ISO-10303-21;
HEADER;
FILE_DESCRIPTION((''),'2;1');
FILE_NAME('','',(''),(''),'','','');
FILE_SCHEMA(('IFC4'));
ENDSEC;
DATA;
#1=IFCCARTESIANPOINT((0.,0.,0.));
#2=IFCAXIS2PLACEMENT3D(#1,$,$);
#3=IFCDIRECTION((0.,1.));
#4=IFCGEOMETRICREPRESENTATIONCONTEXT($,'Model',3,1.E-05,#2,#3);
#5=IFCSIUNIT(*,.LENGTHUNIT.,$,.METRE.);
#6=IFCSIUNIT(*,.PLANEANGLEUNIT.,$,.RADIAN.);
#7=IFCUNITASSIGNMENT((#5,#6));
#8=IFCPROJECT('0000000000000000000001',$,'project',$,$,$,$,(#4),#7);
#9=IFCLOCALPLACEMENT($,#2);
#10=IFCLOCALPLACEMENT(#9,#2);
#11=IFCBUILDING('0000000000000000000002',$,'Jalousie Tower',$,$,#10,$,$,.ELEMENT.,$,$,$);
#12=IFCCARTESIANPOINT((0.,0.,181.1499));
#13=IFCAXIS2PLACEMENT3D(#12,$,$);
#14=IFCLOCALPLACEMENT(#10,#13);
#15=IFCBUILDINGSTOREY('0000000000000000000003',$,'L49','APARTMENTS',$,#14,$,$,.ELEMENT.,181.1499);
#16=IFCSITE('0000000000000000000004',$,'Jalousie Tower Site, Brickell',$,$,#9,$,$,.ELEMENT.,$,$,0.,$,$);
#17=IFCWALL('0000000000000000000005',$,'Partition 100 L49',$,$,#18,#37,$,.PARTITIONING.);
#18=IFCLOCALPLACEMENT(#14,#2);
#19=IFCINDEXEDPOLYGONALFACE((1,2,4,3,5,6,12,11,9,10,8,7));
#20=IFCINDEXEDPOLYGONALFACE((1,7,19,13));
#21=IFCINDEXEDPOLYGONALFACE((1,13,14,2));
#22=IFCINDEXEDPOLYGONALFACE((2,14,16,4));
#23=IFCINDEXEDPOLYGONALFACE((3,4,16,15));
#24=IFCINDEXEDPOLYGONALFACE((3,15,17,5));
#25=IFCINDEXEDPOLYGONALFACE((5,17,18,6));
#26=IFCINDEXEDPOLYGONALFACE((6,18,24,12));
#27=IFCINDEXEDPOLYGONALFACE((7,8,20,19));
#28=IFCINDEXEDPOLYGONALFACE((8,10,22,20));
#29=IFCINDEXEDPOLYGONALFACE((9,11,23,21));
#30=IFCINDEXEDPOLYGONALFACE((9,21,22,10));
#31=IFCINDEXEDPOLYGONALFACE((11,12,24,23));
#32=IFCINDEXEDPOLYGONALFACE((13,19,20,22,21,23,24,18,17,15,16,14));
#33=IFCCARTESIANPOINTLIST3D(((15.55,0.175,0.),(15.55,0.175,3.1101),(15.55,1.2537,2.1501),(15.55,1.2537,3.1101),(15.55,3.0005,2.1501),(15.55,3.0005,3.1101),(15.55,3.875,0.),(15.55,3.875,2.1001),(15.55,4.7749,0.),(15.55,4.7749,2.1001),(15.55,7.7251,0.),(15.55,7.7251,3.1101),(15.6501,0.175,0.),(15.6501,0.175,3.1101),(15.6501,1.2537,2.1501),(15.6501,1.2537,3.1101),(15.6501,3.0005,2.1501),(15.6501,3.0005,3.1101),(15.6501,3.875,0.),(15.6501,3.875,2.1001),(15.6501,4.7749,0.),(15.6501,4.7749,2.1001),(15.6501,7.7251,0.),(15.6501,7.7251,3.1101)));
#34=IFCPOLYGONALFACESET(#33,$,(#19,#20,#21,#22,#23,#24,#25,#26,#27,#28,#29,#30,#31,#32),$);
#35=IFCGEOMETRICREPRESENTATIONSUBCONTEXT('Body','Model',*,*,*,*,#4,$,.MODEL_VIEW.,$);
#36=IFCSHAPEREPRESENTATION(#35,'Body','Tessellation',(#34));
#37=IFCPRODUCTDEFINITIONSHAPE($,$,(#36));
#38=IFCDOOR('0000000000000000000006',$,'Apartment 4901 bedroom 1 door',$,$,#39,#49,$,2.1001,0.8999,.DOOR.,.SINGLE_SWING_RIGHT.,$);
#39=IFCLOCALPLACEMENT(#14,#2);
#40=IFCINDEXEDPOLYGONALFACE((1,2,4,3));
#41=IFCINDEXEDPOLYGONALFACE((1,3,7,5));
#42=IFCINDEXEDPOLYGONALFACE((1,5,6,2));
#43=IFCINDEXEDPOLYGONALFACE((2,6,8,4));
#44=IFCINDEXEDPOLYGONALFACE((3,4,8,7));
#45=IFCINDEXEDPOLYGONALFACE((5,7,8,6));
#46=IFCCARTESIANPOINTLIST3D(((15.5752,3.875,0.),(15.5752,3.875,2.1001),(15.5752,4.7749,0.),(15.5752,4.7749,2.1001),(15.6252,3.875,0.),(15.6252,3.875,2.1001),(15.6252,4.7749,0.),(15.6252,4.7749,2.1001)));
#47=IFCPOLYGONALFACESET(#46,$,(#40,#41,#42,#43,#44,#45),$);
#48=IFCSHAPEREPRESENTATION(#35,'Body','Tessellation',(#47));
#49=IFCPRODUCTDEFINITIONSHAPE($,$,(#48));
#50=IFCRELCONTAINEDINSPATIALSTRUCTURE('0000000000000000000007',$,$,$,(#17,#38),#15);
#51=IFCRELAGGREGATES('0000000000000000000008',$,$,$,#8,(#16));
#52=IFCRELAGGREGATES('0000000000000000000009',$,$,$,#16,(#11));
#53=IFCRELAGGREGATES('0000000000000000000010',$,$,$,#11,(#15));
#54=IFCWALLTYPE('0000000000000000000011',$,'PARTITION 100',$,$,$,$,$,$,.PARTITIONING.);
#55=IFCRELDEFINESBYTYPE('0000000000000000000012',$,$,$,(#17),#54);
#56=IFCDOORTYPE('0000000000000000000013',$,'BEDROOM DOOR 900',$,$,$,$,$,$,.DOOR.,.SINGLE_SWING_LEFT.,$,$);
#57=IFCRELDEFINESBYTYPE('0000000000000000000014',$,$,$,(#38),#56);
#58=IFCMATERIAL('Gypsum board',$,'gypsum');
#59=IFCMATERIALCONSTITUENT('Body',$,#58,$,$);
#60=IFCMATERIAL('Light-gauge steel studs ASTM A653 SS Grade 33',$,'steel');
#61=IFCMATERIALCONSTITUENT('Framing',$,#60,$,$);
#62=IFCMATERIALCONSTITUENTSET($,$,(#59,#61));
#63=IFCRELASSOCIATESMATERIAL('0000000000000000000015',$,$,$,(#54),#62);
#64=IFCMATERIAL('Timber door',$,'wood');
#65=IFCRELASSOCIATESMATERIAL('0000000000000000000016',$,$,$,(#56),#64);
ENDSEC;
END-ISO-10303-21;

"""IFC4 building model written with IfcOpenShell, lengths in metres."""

from ifc_helpers import new_model, si_unit, direction, frame, frame_2d, origin, place, context, subcontext, project, spatial, polyline, rectangle, outline, extrude, material, constituent, constituent_set, type_object, element, fill, save


model = new_model("IFC4")

# Units and contexts
model_context = context("Model", 3, precision=1e-05, world=origin(), true_north=direction((0.0, 1.0)))
body_context = subcontext(model_context, "Body", "Model", "MODEL_VIEW")
ifc_project = project(units=[si_unit("LENGTHUNIT", "METRE"), si_unit("PLANEANGLEUNIT", "RADIAN")], contexts=[model_context])

# Site, building, storey
site_placement = place(None, origin())
site = spatial("IfcSite", under=ifc_project, at=site_placement, Name="Jalousie Tower Site, Brickell", CompositionType="ELEMENT", RefElevation=0.0)
building_placement = place(site_placement, origin())
building = spatial("IfcBuilding", under=site, at=building_placement, Name="Jalousie Tower", CompositionType="ELEMENT")
storey_placement = place(building_placement, frame((0.0, 0.0, 181.1499)))
storey = spatial("IfcBuildingStorey", under=building, at=storey_placement, Name="L49", Description="APARTMENTS", CompositionType="ELEMENT", Elevation=181.1499)

# Wall, opening, door
ifc_material_1 = material(Name="Gypsum board", Category="gypsum")
ifc_constituent_1 = constituent(ifc_material_1, Name="Body")
ifc_material_2 = material(Name="Light-gauge steel studs ASTM A653 SS Grade 33", Category="steel")
ifc_constituent_2 = constituent(ifc_material_2, Name="Framing")
ifc_constituent_set_1 = constituent_set(constituents=[ifc_constituent_1, ifc_constituent_2])
wall_type_1 = type_object("IfcWallType", Name="PARTITION 100", PredefinedType="PARTITIONING", material=ifc_constituent_set_1)
wall_1_placement = place(storey_placement, frame((15.6001, 0.175, 0.0), z_axis=(0.0, 0.0, 1.0), x_axis=(0.0, 1.0, 0.0)))
wall_1 = element("IfcWall", 1, at=wall_1_placement, inside=storey, type_object=wall_type_1, Name="Partition 100 L49", PredefinedType="PARTITIONING", context=body_context, shape_type="SweptSolid", body=[
    extrude(outline(polyline([(0.0, 0.0), (7.55, 0.0), (7.55, 3.1101), (2.8254, 3.1101), (2.8254, 2.1501), (1.0786, 2.1501), (1.0786, 3.1101), (0.0, 3.1101), (0.0, 0.0)])), frame((0.0, 0.05, 0.0), z_axis=(0.0, -1.0, 0.0), x_axis=(1.0, 0.0, 0.0)), (0.0, 0.0, 1.0), 0.1001),
])
opening_1_placement = place(wall_1_placement, frame((3.7, 0.0, 0.0)))
opening_1 = element("IfcOpeningElement", 2, at=opening_1_placement, cuts=wall_1, PredefinedType="OPENING", context=body_context, shape_type="SweptSolid", body=[
    extrude(rectangle(XDim=0.8999, YDim=2.1001, at=frame_2d((0.45, 1.05))), frame((0.0, 0.0601, 0.0), z_axis=(0.0, -1.0, 0.0), x_axis=(1.0, 0.0, 0.0)), (0.0, 0.0, 1.0), 0.1201),
])
ifc_material_3 = material(Name="Timber door", Category="wood")
door_type_1 = type_object("IfcDoorType", Name="BEDROOM DOOR 900", OperationType="SINGLE_SWING_LEFT", PredefinedType="DOOR", material=ifc_material_3)
door_1_placement = place(opening_1_placement, origin())
door_1 = element("IfcDoor", 3, at=door_1_placement, inside=storey, type_object=door_type_1, Name="Apartment 4901 bedroom 1 door", OperationType="SINGLE_SWING_RIGHT", OverallHeight=2.1001, OverallWidth=0.8999, PredefinedType="DOOR", context=body_context, shape_type="SweptSolid", body=[
    extrude(rectangle(XDim=0.8999, YDim=2.1001, at=frame_2d((0.45, 1.05))), frame((0.0, 0.0249, 0.0), z_axis=(0.0, -1.0, 0.0), x_axis=(1.0, 0.0, 0.0)), (0.0, 0.0, 1.0), 0.05),
])
fill(opening_1, door_1)

save(model, "model.ifc")
